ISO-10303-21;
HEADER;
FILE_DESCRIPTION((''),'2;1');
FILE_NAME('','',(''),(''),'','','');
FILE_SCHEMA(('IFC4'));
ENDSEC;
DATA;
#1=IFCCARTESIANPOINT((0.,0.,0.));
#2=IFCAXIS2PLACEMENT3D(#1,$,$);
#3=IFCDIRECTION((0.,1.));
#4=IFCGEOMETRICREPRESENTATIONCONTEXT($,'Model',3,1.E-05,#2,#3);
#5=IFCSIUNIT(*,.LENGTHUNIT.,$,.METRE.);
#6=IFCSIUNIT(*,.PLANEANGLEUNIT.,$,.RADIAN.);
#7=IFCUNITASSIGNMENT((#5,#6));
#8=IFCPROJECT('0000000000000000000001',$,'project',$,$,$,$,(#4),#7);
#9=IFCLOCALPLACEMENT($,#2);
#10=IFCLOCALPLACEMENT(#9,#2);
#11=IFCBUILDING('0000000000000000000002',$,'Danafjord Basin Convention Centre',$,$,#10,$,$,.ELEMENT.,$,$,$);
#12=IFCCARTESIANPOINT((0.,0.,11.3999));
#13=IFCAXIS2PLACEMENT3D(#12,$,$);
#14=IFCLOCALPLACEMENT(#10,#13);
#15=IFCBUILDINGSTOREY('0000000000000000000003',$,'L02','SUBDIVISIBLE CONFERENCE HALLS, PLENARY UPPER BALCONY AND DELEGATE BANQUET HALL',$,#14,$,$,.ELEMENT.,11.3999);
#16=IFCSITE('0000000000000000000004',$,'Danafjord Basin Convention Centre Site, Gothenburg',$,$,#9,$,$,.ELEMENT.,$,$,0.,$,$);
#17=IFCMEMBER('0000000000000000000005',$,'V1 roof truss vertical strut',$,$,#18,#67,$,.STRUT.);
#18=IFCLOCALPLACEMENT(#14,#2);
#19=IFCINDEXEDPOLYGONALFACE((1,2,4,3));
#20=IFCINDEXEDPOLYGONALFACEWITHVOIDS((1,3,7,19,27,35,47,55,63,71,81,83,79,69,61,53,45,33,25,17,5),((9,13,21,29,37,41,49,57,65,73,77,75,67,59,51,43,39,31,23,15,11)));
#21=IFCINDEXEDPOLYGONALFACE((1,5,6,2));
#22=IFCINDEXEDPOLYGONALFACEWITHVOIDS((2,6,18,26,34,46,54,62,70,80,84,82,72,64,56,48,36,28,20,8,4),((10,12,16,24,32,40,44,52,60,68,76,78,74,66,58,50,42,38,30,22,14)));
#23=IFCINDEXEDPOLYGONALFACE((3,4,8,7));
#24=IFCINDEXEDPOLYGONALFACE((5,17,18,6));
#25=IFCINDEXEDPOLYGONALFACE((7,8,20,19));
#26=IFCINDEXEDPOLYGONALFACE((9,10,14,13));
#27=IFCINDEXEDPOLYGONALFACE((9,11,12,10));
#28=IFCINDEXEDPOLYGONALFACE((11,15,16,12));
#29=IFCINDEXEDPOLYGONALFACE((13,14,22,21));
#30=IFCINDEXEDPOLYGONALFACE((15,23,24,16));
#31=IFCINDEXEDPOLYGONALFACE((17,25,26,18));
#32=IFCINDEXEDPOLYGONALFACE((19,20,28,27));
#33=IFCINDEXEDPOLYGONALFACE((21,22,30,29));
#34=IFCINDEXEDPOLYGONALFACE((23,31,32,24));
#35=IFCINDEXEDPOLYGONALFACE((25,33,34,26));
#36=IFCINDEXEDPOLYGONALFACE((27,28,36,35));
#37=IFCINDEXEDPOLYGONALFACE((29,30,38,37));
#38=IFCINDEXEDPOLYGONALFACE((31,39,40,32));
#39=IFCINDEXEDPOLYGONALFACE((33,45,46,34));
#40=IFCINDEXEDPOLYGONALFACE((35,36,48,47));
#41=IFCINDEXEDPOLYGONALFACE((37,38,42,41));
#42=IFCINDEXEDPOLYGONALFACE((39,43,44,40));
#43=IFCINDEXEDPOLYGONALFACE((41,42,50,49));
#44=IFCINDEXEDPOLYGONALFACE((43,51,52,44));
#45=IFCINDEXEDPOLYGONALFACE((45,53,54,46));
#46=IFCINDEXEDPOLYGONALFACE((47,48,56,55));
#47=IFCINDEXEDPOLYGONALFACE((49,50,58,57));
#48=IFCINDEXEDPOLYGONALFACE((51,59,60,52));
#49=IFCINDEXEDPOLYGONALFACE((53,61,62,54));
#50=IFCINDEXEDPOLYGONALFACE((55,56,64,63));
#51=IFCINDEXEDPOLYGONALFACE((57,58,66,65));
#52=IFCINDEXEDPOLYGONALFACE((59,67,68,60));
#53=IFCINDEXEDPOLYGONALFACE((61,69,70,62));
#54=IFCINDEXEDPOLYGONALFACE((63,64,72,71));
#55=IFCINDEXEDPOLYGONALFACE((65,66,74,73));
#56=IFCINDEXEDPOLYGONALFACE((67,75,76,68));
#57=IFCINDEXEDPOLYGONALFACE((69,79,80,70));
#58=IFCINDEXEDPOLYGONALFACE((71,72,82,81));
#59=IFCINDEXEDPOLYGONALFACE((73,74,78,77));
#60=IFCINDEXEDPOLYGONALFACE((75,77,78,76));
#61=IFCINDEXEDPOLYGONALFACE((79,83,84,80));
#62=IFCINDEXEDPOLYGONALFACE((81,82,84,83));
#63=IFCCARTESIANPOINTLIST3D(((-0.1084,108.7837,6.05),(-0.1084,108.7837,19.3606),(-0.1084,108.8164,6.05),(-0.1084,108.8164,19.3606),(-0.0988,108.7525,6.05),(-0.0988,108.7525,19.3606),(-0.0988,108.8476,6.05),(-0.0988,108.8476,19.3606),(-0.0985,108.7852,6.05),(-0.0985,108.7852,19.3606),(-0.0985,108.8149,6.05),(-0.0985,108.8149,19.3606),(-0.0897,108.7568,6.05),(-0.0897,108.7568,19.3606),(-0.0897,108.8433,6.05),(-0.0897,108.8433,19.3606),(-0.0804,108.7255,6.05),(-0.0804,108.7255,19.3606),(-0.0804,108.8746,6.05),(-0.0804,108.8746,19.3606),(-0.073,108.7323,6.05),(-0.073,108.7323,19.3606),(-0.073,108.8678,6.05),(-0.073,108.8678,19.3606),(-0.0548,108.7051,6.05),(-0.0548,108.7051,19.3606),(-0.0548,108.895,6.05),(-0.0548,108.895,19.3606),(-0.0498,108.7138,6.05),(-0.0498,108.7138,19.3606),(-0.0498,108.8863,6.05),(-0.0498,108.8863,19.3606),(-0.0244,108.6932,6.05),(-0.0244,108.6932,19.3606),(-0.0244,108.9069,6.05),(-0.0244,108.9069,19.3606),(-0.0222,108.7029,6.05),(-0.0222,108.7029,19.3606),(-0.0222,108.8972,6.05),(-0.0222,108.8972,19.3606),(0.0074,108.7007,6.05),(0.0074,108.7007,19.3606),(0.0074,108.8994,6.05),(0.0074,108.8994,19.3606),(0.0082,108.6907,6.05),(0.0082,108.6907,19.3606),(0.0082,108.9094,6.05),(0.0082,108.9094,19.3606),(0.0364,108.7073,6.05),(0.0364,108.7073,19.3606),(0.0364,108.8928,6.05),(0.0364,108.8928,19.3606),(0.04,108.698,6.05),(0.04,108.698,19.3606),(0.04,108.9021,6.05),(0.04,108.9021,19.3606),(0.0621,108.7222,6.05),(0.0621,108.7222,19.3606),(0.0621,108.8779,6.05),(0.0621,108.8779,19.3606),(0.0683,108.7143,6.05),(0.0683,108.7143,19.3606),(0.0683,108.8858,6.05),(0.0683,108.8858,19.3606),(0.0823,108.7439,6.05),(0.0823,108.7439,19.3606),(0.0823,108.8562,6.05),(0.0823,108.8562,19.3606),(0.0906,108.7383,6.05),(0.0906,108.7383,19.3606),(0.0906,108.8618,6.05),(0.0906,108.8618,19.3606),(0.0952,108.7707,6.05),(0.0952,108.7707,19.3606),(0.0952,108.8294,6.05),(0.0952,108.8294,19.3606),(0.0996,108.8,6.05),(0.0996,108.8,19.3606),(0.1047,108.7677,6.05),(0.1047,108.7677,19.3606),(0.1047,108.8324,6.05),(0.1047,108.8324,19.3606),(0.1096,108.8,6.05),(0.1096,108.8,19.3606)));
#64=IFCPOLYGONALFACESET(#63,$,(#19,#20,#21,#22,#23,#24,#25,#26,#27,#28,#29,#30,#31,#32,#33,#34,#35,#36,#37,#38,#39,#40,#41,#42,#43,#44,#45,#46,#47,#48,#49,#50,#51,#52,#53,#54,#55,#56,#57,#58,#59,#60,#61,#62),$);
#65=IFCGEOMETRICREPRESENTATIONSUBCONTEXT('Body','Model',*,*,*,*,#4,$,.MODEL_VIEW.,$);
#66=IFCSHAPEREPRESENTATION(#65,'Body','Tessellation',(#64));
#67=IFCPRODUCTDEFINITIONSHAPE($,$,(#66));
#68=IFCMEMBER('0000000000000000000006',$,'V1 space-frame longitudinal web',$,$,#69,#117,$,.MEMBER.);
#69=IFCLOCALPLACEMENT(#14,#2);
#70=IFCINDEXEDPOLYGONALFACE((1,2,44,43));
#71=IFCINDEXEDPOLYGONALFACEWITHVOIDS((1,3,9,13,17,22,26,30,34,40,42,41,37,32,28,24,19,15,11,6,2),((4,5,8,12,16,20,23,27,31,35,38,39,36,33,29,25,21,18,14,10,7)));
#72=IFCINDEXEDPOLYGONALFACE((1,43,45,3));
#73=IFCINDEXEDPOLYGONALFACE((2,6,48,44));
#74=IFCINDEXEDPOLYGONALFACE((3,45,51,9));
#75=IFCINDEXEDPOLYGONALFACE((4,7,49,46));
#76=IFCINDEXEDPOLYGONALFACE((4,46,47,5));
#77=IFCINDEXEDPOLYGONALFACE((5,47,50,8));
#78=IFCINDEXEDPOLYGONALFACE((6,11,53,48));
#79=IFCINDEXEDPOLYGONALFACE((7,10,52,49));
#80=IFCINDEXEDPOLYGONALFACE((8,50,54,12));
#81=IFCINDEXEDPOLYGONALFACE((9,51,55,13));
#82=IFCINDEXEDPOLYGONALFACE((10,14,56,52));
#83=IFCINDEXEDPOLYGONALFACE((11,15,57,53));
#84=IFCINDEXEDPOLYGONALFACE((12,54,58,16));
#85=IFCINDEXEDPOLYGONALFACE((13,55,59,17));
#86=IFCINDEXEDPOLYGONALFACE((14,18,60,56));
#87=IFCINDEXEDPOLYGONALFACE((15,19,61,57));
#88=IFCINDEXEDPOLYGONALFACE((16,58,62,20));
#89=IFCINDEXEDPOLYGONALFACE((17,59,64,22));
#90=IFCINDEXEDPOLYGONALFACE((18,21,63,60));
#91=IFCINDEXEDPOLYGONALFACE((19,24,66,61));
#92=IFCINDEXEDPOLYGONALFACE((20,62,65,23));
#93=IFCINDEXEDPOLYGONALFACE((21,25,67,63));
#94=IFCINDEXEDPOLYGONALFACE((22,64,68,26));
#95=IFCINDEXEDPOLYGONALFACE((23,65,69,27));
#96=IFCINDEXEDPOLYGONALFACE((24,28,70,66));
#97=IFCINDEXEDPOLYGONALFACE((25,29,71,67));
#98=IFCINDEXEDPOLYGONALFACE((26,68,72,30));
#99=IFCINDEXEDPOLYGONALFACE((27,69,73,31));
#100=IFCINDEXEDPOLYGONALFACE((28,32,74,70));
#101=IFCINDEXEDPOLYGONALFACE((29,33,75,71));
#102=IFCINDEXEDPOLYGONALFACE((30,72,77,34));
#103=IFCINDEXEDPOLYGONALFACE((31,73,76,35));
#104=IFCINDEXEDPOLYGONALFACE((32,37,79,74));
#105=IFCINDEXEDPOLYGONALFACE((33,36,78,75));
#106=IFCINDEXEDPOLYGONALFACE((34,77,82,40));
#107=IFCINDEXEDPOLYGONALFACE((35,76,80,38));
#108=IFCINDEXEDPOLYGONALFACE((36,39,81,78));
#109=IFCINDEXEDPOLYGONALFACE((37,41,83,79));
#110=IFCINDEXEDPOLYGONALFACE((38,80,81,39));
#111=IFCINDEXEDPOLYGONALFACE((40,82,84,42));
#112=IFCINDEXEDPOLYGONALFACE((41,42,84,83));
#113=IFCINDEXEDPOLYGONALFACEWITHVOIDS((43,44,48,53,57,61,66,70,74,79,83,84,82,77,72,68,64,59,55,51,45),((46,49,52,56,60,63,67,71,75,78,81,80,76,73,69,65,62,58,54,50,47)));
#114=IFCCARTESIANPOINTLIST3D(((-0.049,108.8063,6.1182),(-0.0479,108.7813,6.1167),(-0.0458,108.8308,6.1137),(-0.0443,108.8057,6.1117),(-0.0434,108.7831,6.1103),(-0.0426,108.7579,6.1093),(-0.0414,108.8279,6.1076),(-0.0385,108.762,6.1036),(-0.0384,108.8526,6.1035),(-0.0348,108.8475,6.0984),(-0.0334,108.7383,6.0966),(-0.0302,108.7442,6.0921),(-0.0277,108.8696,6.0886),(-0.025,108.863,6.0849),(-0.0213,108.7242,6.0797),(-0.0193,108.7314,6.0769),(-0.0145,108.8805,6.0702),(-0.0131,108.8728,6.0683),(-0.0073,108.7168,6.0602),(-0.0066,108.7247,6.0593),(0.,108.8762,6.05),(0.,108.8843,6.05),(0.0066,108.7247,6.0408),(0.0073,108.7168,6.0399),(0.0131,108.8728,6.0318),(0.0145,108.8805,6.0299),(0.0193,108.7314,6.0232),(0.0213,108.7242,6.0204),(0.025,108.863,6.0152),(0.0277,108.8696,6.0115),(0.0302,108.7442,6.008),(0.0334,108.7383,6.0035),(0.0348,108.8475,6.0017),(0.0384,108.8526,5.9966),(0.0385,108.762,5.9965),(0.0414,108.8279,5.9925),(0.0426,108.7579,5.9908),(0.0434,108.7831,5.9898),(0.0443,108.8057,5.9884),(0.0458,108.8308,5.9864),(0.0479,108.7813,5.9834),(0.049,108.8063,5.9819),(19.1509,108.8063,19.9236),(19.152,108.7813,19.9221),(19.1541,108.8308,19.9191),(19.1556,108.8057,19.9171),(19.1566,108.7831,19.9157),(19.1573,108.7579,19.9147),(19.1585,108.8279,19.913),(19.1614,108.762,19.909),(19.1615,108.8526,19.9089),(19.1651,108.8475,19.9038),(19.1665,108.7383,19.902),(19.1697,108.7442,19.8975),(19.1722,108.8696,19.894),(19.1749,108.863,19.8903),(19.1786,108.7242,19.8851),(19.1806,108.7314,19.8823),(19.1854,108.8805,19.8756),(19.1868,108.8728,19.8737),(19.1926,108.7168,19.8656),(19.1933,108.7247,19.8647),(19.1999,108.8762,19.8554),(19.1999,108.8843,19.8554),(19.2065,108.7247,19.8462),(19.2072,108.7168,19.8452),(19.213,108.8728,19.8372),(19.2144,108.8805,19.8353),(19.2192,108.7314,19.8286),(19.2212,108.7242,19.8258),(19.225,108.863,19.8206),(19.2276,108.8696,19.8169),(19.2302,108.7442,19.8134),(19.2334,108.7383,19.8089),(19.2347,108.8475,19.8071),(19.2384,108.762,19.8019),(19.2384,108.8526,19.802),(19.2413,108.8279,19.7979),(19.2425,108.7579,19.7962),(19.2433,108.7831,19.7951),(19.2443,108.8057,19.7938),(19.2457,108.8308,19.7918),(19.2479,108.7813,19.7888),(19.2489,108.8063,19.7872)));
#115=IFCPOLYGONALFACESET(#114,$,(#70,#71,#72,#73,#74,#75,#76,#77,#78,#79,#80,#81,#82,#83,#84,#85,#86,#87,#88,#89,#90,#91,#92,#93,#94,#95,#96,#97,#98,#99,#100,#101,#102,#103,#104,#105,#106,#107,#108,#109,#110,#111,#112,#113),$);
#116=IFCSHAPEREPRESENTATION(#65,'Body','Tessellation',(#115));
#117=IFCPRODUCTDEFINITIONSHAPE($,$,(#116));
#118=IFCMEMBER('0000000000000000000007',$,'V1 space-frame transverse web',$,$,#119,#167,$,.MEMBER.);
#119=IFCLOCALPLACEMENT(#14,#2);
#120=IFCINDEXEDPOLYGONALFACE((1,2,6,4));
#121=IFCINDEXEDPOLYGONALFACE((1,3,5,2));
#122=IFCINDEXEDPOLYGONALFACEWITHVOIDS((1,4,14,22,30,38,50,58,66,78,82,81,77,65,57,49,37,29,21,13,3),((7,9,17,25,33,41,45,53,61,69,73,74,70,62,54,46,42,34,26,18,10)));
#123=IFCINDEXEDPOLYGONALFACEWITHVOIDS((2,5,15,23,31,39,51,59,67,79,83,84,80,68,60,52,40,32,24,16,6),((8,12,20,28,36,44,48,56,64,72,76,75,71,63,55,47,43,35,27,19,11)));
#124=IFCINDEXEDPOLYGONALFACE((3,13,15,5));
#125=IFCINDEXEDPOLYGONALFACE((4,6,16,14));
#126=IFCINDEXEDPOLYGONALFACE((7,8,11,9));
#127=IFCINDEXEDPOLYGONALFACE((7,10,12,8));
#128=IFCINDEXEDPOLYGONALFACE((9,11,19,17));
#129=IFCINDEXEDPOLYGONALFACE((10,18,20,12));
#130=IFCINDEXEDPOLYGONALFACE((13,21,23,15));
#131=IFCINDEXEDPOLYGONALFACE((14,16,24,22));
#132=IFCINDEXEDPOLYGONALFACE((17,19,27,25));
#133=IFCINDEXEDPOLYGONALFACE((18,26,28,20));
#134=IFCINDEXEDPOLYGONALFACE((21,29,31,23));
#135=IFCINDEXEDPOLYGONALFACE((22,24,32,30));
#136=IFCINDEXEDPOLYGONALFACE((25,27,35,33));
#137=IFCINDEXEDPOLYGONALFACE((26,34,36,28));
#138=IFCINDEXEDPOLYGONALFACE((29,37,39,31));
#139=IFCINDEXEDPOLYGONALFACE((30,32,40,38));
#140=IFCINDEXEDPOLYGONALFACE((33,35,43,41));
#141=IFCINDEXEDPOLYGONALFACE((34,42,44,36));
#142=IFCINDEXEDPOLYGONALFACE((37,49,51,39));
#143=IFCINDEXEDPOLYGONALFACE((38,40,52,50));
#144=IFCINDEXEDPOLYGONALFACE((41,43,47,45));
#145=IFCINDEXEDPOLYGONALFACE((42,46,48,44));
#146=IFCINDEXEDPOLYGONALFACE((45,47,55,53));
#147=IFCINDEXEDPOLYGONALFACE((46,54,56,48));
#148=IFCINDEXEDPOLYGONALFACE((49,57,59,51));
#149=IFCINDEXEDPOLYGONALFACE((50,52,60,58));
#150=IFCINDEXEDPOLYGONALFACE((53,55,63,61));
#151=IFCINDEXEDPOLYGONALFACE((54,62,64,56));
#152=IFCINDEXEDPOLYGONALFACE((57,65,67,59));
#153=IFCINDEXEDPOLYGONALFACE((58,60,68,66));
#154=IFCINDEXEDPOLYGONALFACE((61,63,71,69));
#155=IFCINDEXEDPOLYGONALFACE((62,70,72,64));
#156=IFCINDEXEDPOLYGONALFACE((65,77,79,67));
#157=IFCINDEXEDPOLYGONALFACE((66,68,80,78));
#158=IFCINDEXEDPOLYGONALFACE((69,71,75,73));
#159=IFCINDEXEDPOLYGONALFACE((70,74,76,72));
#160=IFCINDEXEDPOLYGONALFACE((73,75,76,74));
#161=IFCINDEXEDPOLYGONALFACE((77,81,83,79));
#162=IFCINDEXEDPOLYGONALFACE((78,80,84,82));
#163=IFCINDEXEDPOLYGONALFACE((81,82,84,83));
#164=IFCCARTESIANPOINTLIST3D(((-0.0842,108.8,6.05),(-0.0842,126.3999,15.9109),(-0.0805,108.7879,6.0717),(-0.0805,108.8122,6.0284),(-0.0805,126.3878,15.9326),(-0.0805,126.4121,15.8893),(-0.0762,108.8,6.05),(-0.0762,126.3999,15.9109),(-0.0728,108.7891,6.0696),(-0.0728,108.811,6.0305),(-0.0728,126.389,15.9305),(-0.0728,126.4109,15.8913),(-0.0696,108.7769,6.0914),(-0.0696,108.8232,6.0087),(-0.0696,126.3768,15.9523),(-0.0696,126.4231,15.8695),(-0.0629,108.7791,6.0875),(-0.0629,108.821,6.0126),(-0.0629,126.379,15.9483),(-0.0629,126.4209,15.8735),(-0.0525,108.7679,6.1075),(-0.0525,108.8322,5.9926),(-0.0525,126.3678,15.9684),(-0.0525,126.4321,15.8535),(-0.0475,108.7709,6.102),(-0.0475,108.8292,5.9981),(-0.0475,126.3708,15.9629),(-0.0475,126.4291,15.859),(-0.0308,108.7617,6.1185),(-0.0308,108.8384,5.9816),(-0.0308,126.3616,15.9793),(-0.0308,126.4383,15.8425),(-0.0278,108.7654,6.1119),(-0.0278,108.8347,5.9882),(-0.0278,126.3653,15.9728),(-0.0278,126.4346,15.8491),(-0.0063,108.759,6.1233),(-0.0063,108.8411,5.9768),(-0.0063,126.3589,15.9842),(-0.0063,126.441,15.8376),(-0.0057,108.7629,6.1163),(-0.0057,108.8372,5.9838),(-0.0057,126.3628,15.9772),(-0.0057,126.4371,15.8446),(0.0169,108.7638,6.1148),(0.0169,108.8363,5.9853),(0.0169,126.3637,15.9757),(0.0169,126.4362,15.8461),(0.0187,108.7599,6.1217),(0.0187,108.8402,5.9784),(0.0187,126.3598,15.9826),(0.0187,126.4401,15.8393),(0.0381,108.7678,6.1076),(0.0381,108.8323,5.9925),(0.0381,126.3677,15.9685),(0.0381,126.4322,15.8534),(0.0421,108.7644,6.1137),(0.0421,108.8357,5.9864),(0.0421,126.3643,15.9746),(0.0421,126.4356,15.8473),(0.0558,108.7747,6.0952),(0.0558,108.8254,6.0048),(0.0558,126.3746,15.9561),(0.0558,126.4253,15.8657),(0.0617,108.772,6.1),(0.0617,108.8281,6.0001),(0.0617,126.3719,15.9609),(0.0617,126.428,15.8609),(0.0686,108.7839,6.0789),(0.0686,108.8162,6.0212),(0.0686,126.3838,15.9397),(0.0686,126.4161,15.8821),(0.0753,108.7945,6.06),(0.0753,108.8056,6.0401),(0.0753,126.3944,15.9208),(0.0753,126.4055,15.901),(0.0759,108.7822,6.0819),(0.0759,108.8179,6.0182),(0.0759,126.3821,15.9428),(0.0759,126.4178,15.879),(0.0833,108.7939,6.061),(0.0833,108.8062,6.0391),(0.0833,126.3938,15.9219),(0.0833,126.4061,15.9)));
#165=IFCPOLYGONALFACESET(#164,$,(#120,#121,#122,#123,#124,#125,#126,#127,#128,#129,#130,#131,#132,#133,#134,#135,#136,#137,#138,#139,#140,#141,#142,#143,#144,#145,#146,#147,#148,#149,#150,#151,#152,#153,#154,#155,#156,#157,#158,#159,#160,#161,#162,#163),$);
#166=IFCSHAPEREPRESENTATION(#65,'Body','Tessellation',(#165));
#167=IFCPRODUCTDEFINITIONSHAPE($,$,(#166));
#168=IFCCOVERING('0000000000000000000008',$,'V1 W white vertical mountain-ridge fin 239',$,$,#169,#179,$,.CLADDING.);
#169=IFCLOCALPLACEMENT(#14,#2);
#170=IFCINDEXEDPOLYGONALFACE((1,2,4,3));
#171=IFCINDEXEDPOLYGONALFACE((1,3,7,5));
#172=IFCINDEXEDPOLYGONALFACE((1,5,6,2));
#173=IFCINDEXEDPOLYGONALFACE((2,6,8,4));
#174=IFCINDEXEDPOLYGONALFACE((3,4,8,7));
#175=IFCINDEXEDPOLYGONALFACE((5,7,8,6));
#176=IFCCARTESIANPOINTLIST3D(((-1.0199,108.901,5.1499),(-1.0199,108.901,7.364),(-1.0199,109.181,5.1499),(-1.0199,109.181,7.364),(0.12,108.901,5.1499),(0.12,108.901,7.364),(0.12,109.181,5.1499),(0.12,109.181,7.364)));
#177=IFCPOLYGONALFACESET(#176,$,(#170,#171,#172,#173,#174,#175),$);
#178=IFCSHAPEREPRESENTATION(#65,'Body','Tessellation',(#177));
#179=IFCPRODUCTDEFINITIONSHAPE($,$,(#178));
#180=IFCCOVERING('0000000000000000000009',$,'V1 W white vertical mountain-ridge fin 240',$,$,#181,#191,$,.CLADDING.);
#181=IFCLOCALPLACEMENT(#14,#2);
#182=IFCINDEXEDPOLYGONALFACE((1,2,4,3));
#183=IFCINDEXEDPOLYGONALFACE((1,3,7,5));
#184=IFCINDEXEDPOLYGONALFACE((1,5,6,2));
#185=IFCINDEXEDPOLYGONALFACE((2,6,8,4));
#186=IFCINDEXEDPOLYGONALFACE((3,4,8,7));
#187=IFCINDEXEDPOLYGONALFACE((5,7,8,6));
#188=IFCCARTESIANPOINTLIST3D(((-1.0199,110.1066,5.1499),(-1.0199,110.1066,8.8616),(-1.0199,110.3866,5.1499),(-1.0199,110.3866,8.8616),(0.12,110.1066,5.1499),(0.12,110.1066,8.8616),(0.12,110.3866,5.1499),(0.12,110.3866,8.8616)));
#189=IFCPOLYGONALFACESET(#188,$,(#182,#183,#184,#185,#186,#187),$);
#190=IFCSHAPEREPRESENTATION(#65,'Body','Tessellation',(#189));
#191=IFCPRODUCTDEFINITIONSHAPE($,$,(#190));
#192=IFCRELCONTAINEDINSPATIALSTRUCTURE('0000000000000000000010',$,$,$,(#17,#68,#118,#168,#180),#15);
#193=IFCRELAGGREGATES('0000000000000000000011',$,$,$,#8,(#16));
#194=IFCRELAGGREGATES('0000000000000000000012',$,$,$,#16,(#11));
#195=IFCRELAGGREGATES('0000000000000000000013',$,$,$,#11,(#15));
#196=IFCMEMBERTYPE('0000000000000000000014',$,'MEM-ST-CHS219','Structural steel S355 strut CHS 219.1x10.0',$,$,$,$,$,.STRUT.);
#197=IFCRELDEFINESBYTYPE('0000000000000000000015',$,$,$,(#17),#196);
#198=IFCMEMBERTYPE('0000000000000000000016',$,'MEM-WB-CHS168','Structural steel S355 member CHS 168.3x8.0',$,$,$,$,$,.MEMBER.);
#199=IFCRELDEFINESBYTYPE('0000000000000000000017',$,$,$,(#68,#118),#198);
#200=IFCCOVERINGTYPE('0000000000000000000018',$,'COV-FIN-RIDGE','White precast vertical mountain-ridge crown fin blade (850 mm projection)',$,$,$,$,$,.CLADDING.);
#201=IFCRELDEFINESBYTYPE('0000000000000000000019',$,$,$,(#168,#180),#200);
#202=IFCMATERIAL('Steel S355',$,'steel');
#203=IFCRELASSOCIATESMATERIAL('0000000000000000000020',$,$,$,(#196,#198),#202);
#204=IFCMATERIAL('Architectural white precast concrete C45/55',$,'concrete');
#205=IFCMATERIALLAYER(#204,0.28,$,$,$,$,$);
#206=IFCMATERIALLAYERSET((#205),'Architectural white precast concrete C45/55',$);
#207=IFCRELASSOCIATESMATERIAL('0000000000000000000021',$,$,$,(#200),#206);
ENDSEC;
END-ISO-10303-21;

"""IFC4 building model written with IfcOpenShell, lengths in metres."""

from ifc_helpers import new_model, si_unit, direction, frame, origin, origin_2d, place, context, subcontext, project, spatial, rectangle, hollow_circle, extrude, material, layer, layer_set, material_profile, profile_set, type_object, element, save


model = new_model("IFC4")

# Units and contexts
model_context = context("Model", 3, precision=1e-05, world=origin(), true_north=direction((0.0, 1.0)))
body_context = subcontext(model_context, "Body", "Model", "MODEL_VIEW")
ifc_project = project(units=[si_unit("LENGTHUNIT", "METRE"), si_unit("PLANEANGLEUNIT", "RADIAN")], contexts=[model_context])

# Site, building, storey
site_placement = place(None, origin())
site = spatial("IfcSite", under=ifc_project, at=site_placement, Name="Danafjord Basin Convention Centre Site, Gothenburg", CompositionType="ELEMENT", RefElevation=0.0)
building_placement = place(site_placement, origin())
building = spatial("IfcBuilding", under=site, at=building_placement, Name="Danafjord Basin Convention Centre", CompositionType="ELEMENT")
storey_placement = place(building_placement, frame((0.0, 0.0, 11.3999)))
storey = spatial("IfcBuildingStorey", under=building, at=storey_placement, Name="L02", Description="SUBDIVISIBLE CONFERENCE HALLS, PLENARY UPPER BALCONY AND DELEGATE BANQUET HALL", CompositionType="ELEMENT", Elevation=11.3999)

# Members
ifc_material_1 = material(Name="Steel S355", Category="steel")
ifc_material_profile_1 = material_profile(ifc_material_1, hollow_circle(Radius=0.1096, WallThickness=0.01, at=origin_2d()), Name="CHS 219.1x10.0")
ifc_profile_set_1 = profile_set([ifc_material_profile_1], Name="Steel S355")
member_type_1 = type_object("IfcMemberType", Name="MEM-ST-CHS219", Description="Structural steel S355 strut CHS 219.1x10.0", PredefinedType="STRUT", material=ifc_profile_set_1)
member_1_placement = place(storey_placement, frame((0.0, 108.8, 6.05), z_axis=(0.0, 0.0, 1.0), x_axis=(1.0, 0.0, 0.0)))
element("IfcMember", 1, at=member_1_placement, inside=storey, type_object=member_type_1, Name="V1 roof truss vertical strut", PredefinedType="STRUT", context=body_context, shape_type="SweptSolid", body=[
    extrude(hollow_circle(Radius=0.1096, WallThickness=0.01, at=origin_2d()), origin(), (0.0, 0.0, 1.0), 13.3105),
])
ifc_material_profile_2 = material_profile(ifc_material_1, hollow_circle(Radius=0.0842, WallThickness=0.0081, at=origin_2d()), Name="CHS 168.3x8.0")
ifc_profile_set_2 = profile_set([ifc_material_profile_2], Name="Steel S355")
member_type_2 = type_object("IfcMemberType", Name="MEM-WB-CHS168", Description="Structural steel S355 member CHS 168.3x8.0", PredefinedType="MEMBER", material=ifc_profile_set_2)
member_2_placement = place(storey_placement, frame((0.0, 108.8, 6.05), z_axis=(0.811906, 0.0, 0.583788), x_axis=(0.0, 1.0, 0.0)))
element("IfcMember", 2, at=member_2_placement, inside=storey, type_object=member_type_2, Name="V1 space-frame longitudinal web", PredefinedType="MEMBER", context=body_context, shape_type="SweptSolid", body=[
    extrude(hollow_circle(Radius=0.0842, WallThickness=0.0081, at=origin_2d()), origin(), (0.0, 0.0, 1.0), 23.6479),
])
member_3_placement = place(storey_placement, frame((0.0, 108.8, 6.05), z_axis=(0.0, 0.872402, 0.488789), x_axis=(-1.0, 0.0, 0.0)))
element("IfcMember", 3, at=member_3_placement, inside=storey, type_object=member_type_2, Name="V1 space-frame transverse web", PredefinedType="MEMBER", context=body_context, shape_type="SweptSolid", body=[
    extrude(hollow_circle(Radius=0.0842, WallThickness=0.0081, at=origin_2d()), origin(), (0.0, 0.0, 1.0), 20.1741),
])

# Coverings
ifc_material_2 = material(Name="Architectural white precast concrete C45/55", Category="concrete")
ifc_layer = layer(ifc_material_2, 0.28)
ifc_layer_set = layer_set([ifc_layer], Name="Architectural white precast concrete C45/55")
covering_type = type_object("IfcCoveringType", Name="COV-FIN-RIDGE", Description="White precast vertical mountain-ridge crown fin blade (850 mm projection)", PredefinedType="CLADDING", material=ifc_layer_set)
covering_1_placement = place(storey_placement, frame((-0.45, 109.041, 5.1499), z_axis=(0.0, 0.0, 1.0), x_axis=(1.0, 0.0, 0.0)))
element("IfcCovering", 4, at=covering_1_placement, inside=storey, type_object=covering_type, Name="V1 W white vertical mountain-ridge fin 239", PredefinedType="CLADDING", context=body_context, shape_type="SweptSolid", body=[
    extrude(rectangle(XDim=1.1399, YDim=0.28, at=origin_2d()), origin(), (0.0, 0.0, 1.0), 2.2141),
])
covering_2_placement = place(storey_placement, frame((-0.45, 110.2466, 5.1499), z_axis=(0.0, 0.0, 1.0), x_axis=(1.0, 0.0, 0.0)))
element("IfcCovering", 5, at=covering_2_placement, inside=storey, type_object=covering_type, Name="V1 W white vertical mountain-ridge fin 240", PredefinedType="CLADDING", context=body_context, shape_type="SweptSolid", body=[
    extrude(rectangle(XDim=1.1399, YDim=0.28, at=origin_2d()), origin(), (0.0, 0.0, 1.0), 3.7117),
])

save(model, "model.ifc")
